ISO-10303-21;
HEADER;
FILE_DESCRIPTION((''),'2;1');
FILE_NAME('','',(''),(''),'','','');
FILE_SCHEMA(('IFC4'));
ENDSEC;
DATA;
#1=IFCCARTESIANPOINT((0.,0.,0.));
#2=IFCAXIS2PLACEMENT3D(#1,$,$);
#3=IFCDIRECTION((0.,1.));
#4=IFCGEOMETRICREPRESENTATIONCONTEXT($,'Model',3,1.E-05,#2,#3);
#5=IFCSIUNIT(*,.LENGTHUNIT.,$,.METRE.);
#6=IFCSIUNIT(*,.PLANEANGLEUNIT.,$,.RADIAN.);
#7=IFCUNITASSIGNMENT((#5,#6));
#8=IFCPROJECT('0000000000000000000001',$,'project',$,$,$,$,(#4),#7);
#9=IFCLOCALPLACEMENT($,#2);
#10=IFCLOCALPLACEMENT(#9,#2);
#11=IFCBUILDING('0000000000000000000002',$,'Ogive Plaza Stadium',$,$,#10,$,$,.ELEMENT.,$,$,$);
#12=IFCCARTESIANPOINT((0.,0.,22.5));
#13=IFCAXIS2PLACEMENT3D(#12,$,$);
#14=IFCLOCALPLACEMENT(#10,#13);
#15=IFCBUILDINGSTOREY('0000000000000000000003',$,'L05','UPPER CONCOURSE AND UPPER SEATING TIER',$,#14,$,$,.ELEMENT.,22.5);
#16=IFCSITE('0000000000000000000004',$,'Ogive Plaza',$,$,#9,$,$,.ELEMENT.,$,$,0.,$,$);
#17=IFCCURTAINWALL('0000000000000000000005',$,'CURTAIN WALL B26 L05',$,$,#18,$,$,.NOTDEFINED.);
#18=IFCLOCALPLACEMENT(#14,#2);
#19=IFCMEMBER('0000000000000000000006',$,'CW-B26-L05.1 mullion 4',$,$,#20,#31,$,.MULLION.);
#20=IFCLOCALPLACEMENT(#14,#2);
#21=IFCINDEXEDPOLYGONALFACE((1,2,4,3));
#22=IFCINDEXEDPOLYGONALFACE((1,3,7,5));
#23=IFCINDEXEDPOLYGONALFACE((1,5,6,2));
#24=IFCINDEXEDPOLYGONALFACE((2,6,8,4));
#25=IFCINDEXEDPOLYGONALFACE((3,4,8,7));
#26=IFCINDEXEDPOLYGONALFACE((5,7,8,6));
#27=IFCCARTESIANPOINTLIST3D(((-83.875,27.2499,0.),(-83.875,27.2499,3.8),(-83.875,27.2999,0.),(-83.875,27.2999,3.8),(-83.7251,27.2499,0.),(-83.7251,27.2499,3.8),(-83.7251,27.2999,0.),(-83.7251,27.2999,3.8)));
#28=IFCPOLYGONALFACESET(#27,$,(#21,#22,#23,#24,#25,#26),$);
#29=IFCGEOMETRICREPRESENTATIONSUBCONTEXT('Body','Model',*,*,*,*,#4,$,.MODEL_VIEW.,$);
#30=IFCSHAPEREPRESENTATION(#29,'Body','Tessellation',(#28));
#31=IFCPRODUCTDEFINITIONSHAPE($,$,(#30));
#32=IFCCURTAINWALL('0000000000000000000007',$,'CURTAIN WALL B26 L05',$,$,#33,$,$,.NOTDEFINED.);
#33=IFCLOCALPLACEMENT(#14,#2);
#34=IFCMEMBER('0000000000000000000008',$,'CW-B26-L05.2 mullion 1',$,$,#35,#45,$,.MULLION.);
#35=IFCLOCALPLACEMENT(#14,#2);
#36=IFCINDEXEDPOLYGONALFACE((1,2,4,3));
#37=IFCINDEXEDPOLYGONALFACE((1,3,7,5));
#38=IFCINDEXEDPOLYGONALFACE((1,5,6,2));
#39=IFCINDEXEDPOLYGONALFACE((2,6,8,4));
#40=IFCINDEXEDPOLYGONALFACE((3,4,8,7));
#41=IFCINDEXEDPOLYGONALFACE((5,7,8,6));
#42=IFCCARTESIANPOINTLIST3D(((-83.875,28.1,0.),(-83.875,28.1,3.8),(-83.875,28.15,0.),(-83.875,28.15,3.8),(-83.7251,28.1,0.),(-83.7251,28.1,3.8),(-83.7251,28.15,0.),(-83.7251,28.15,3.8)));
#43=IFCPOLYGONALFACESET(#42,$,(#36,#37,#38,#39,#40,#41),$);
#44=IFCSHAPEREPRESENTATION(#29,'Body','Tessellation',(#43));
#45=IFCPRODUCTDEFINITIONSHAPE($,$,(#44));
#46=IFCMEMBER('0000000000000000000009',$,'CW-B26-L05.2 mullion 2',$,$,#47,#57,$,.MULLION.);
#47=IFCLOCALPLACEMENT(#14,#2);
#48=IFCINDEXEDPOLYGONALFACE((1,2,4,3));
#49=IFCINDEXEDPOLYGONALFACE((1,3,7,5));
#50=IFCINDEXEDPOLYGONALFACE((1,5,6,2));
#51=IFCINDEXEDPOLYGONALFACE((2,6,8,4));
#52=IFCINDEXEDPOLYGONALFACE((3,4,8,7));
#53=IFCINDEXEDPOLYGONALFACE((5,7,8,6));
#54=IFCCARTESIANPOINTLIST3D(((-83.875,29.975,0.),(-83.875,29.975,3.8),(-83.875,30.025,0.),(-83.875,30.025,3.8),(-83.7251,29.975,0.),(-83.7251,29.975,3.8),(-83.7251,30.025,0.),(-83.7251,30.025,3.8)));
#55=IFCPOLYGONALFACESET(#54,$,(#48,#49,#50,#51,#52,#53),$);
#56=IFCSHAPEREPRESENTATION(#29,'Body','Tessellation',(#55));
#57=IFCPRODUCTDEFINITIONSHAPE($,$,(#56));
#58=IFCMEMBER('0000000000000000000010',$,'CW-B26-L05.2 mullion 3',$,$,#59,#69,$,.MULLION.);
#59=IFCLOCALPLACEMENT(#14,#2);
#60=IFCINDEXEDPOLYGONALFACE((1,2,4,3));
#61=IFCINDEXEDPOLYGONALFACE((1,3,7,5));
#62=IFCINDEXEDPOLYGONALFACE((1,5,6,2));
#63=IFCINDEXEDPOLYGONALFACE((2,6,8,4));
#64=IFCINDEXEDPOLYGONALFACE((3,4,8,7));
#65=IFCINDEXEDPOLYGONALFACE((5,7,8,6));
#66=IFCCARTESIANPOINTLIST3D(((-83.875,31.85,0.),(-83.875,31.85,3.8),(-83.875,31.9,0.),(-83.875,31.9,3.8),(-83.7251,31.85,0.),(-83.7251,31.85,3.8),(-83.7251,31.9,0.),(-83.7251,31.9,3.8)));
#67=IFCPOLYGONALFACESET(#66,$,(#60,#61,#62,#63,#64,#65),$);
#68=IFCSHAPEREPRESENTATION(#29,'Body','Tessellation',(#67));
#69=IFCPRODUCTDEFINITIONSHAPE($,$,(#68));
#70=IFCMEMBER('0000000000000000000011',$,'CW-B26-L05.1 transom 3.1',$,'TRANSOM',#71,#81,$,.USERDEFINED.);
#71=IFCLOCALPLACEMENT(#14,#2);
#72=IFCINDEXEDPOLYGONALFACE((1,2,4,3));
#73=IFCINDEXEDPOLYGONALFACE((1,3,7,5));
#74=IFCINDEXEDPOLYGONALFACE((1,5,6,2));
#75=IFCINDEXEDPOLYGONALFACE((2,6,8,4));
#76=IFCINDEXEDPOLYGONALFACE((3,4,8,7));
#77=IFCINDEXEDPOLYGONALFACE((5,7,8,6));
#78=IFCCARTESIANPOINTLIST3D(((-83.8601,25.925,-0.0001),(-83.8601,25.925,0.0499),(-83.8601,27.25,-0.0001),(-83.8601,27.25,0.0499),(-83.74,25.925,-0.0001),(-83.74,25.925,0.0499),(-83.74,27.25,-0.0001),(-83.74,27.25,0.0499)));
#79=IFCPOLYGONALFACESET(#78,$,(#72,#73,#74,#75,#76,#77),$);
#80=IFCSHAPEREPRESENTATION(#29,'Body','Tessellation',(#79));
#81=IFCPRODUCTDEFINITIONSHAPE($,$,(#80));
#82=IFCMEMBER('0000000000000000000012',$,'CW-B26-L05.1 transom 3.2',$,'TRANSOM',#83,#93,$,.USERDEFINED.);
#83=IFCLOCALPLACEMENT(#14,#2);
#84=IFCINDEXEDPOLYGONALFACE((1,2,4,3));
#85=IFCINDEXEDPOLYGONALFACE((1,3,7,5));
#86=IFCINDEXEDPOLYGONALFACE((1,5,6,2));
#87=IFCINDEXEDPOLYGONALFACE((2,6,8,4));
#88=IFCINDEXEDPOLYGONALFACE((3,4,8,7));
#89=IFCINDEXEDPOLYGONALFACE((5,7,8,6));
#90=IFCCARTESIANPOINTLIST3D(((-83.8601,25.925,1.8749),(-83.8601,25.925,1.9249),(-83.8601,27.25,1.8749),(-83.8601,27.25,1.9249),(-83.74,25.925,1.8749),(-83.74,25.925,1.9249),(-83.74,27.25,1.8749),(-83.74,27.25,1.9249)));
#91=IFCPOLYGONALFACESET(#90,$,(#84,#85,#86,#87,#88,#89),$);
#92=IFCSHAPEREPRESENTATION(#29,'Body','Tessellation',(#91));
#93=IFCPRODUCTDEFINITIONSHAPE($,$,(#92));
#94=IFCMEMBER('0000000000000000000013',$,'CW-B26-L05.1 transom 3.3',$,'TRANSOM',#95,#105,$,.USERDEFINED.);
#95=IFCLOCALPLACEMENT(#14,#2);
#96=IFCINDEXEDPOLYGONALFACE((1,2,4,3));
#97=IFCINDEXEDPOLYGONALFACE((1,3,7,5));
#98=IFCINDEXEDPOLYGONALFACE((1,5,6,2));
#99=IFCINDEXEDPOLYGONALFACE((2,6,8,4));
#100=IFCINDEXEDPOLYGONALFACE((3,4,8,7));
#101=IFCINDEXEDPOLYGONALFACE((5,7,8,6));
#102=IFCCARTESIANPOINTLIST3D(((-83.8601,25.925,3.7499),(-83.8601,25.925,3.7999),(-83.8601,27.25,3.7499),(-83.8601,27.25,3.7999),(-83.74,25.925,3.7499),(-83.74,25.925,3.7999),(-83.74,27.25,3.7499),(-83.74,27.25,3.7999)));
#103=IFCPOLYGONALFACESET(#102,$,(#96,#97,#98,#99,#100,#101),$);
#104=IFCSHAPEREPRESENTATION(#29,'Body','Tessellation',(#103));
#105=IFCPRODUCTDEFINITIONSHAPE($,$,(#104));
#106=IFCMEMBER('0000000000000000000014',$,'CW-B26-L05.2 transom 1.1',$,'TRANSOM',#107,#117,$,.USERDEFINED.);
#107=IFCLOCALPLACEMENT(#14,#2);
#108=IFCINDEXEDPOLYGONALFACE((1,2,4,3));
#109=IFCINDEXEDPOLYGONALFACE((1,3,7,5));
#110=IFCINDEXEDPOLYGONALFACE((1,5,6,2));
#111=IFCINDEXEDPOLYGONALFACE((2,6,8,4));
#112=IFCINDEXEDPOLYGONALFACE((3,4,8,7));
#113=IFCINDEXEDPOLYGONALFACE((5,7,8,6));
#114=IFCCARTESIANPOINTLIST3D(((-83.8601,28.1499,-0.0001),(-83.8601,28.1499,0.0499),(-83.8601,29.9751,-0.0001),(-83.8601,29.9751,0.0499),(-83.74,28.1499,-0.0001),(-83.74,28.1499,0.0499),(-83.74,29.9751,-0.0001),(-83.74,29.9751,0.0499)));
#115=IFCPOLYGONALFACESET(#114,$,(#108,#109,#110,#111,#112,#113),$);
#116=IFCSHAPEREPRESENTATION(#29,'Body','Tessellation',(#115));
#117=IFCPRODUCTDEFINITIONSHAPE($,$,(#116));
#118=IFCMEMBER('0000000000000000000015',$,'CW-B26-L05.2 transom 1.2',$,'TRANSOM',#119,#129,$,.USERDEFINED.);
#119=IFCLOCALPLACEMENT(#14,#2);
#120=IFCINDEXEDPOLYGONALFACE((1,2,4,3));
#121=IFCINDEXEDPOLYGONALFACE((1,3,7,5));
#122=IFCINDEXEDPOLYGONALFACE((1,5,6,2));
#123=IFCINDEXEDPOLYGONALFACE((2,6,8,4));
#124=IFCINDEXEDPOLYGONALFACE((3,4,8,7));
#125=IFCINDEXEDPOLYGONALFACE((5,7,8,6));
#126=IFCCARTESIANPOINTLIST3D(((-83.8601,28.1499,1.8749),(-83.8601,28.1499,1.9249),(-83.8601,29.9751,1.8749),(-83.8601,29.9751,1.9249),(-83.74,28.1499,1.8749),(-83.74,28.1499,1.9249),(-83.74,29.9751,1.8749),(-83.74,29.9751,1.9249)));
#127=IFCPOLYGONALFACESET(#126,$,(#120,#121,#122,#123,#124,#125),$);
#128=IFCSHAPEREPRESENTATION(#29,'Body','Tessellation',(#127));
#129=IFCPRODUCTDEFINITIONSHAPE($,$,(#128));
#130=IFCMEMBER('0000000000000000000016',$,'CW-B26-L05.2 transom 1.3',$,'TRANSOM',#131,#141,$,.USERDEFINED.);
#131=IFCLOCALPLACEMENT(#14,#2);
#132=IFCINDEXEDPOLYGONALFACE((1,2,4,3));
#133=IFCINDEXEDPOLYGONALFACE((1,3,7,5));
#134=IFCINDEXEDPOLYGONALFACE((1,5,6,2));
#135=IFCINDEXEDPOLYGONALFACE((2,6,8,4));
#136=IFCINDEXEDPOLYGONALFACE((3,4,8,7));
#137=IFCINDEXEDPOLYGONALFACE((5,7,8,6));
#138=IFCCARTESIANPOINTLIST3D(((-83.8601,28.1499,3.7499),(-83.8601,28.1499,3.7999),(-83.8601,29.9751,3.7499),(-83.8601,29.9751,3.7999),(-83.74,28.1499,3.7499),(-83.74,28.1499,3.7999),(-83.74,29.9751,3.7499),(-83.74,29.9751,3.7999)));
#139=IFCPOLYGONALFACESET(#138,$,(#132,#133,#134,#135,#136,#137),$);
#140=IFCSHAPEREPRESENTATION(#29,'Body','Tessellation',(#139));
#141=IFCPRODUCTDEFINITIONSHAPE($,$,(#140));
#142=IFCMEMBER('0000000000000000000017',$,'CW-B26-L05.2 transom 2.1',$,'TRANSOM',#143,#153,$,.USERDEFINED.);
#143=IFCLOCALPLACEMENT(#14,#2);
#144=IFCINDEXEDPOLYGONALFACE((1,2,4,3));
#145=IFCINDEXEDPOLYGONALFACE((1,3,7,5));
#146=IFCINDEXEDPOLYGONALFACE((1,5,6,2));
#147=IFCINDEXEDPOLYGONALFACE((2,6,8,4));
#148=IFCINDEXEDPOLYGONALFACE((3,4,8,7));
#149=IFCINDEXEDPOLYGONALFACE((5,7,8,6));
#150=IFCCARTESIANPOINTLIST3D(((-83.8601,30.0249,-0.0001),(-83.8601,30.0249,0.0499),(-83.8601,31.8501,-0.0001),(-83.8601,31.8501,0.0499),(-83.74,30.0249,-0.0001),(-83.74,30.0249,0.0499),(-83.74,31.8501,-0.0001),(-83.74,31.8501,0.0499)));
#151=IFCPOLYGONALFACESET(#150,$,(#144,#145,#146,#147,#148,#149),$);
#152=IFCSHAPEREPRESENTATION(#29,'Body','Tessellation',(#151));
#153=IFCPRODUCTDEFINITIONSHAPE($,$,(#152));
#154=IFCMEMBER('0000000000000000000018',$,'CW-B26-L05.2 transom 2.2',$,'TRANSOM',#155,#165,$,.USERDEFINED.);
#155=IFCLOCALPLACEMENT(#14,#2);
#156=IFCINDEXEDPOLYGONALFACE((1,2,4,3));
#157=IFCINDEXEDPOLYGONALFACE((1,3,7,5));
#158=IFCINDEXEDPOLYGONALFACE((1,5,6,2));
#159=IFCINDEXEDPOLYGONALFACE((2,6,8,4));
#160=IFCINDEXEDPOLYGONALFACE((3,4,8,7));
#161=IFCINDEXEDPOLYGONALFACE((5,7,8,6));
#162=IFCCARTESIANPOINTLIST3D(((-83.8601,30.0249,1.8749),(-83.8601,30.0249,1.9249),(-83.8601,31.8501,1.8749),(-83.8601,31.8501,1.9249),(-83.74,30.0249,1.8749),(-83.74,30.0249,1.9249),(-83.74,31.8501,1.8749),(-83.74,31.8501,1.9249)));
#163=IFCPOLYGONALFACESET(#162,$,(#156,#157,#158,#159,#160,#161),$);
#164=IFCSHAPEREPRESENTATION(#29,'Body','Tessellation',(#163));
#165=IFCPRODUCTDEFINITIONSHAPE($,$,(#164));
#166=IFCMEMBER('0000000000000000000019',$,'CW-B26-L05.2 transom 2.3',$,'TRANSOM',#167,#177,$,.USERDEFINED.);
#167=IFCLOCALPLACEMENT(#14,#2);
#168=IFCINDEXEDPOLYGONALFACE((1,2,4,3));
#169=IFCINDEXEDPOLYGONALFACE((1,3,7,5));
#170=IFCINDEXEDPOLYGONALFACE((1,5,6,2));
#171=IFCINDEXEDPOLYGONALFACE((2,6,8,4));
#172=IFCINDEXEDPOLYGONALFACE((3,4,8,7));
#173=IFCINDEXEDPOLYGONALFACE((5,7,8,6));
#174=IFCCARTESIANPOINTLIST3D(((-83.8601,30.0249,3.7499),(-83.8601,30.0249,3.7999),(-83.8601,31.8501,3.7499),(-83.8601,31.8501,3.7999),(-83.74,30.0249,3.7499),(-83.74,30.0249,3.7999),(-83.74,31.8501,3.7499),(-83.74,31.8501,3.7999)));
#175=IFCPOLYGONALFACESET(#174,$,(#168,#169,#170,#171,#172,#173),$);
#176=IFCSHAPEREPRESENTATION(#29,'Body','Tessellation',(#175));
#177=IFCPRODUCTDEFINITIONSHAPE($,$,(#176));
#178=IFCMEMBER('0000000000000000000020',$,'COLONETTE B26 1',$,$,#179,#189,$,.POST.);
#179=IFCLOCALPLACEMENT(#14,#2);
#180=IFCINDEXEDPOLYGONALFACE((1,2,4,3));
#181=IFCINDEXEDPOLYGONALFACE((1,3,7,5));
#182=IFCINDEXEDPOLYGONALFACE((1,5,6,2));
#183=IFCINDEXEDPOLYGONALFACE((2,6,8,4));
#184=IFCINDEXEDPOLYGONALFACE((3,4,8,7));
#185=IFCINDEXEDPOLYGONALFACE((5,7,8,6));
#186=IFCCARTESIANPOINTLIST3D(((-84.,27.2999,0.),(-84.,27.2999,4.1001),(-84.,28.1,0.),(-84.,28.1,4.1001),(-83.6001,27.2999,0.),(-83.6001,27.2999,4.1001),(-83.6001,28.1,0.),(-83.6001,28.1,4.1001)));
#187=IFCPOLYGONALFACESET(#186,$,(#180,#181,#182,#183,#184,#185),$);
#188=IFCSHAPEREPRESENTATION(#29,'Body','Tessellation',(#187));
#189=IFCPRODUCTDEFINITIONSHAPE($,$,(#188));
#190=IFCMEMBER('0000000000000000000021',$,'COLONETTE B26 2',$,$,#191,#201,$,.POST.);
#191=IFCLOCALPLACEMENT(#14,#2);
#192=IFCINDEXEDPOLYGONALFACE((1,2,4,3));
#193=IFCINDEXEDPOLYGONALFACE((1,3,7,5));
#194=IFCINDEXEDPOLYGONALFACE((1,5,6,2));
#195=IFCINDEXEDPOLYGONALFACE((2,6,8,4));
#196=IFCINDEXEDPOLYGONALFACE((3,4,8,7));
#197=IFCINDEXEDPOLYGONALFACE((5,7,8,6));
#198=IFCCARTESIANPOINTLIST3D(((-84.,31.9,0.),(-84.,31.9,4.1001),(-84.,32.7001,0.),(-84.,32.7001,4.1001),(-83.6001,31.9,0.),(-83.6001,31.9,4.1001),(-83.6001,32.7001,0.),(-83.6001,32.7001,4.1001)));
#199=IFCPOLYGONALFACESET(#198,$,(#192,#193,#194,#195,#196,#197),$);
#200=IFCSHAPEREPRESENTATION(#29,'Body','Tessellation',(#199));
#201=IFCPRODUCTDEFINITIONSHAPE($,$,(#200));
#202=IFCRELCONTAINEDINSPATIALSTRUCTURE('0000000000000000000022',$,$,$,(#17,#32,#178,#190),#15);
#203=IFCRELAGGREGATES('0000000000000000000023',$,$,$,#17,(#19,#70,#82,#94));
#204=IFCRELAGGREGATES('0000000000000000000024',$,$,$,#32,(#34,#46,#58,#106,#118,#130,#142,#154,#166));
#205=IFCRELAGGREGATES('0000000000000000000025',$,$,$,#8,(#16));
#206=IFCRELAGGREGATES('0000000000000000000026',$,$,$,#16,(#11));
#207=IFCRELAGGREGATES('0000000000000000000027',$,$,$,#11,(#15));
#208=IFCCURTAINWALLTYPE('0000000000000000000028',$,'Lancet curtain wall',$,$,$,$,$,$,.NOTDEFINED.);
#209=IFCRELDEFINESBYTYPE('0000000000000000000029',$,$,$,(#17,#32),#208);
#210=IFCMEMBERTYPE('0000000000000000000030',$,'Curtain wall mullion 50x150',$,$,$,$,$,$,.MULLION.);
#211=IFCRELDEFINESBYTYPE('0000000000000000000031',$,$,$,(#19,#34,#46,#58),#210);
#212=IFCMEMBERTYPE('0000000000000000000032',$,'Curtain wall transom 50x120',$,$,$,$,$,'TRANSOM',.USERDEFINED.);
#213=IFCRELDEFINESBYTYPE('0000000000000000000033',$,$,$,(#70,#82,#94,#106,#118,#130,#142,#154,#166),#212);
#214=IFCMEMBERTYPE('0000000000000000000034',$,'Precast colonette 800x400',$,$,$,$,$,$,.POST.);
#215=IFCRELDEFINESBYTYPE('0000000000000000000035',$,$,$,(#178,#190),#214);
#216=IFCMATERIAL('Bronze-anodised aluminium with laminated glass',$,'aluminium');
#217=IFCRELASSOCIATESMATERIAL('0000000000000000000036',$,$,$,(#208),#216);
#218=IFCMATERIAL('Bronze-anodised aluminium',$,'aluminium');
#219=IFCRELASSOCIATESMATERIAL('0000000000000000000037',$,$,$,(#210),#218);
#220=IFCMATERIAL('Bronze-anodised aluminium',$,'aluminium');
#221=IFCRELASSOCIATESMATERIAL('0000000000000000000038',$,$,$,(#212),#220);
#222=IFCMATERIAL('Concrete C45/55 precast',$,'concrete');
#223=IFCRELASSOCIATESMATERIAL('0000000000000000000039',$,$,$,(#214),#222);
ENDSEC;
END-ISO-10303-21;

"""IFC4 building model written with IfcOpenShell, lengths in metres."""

from ifc_helpers import new_model, si_unit, direction, frame, origin, origin_2d, place, context, subcontext, project, spatial, rectangle, extrude, material, material_profile, profile_set, type_object, element, aggregate, save


model = new_model("IFC4")

# Units and contexts
model_context = context("Model", 3, precision=1e-05, world=origin(), true_north=direction((0.0, 1.0)))
body_context = subcontext(model_context, "Body", "Model", "MODEL_VIEW")
ifc_project = project(units=[si_unit("LENGTHUNIT", "METRE"), si_unit("PLANEANGLEUNIT", "RADIAN")], contexts=[model_context])

# Site, building, storey
site_placement = place(None, origin())
site = spatial("IfcSite", under=ifc_project, at=site_placement, Name="Ogive Plaza", CompositionType="ELEMENT", RefElevation=0.0)
building_placement = place(site_placement, origin())
building = spatial("IfcBuilding", under=site, at=building_placement, Name="Ogive Plaza Stadium", CompositionType="ELEMENT")
storey_placement = place(building_placement, frame((0.0, 0.0, 22.5)))
storey = spatial("IfcBuildingStorey", under=building, at=storey_placement, Name="L05", Description="UPPER CONCOURSE AND UPPER SEATING TIER", CompositionType="ELEMENT", Elevation=22.5)

# Curtain wall, member
ifc_material_1 = material(Name="Bronze-anodised aluminium with laminated glass", Category="aluminium")
curtain_wall_type = type_object("IfcCurtainWallType", Name="Lancet curtain wall", PredefinedType="NOTDEFINED", material=ifc_material_1)
curtain_wall_1_placement = place(storey_placement, origin())
curtain_wall_1 = element("IfcCurtainWall", 1, at=curtain_wall_1_placement, inside=storey, type_object=curtain_wall_type, Name="CURTAIN WALL B26 L05", PredefinedType="NOTDEFINED")
ifc_material_2 = material(Name="Bronze-anodised aluminium", Category="aluminium")
ifc_material_profile_1 = material_profile(ifc_material_2, rectangle(XDim=0.1499, YDim=0.05, at=origin_2d()), Name="AL 150x50")
ifc_profile_set_1 = profile_set([ifc_material_profile_1], Name="Bronze-anodised aluminium")
member_type_1 = type_object("IfcMemberType", Name="Curtain wall mullion 50x150", PredefinedType="MULLION", material=ifc_profile_set_1)
member_1_placement = place(storey_placement, frame((-83.8, 27.2749, 0.0), z_axis=(0.0, 0.0, 1.0), x_axis=(-1.0, 0.0, 0.0)))
member_1 = element("IfcMember", 2, at=member_1_placement, type_object=member_type_1, Name="CW-B26-L05.1 mullion 4", PredefinedType="MULLION", context=body_context, shape_type="SweptSolid", body=[
    extrude(rectangle(XDim=0.1499, YDim=0.05, at=origin_2d()), origin(), (0.0, 0.0, 1.0), 3.8),
])

# Curtain wall, members
curtain_wall_2_placement = place(storey_placement, origin())
curtain_wall_2 = element("IfcCurtainWall", 3, at=curtain_wall_2_placement, inside=storey, type_object=curtain_wall_type, Name="CURTAIN WALL B26 L05", PredefinedType="NOTDEFINED")
member_2_placement = place(storey_placement, frame((-83.8, 28.125, 0.0), z_axis=(0.0, 0.0, 1.0), x_axis=(-1.0, 0.0, 0.0)))
member_2 = element("IfcMember", 4, at=member_2_placement, type_object=member_type_1, Name="CW-B26-L05.2 mullion 1", PredefinedType="MULLION", context=body_context, shape_type="SweptSolid", body=[
    extrude(rectangle(XDim=0.1499, YDim=0.05, at=origin_2d()), origin(), (0.0, 0.0, 1.0), 3.8),
])
member_3_placement = place(storey_placement, frame((-83.8, 30.0, 0.0), z_axis=(0.0, 0.0, 1.0), x_axis=(-1.0, 0.0, 0.0)))
member_3 = element("IfcMember", 5, at=member_3_placement, type_object=member_type_1, Name="CW-B26-L05.2 mullion 2", PredefinedType="MULLION", context=body_context, shape_type="SweptSolid", body=[
    extrude(rectangle(XDim=0.1499, YDim=0.05, at=origin_2d()), origin(), (0.0, 0.0, 1.0), 3.8),
])
member_4_placement = place(storey_placement, frame((-83.8, 31.875, 0.0), z_axis=(0.0, 0.0, 1.0), x_axis=(-1.0, 0.0, 0.0)))
member_4 = element("IfcMember", 6, at=member_4_placement, type_object=member_type_1, Name="CW-B26-L05.2 mullion 3", PredefinedType="MULLION", context=body_context, shape_type="SweptSolid", body=[
    extrude(rectangle(XDim=0.1499, YDim=0.05, at=origin_2d()), origin(), (0.0, 0.0, 1.0), 3.8),
])

# Members
ifc_material_3 = material(Name="Bronze-anodised aluminium", Category="aluminium")
ifc_material_profile_2 = material_profile(ifc_material_3, rectangle(XDim=0.1201, YDim=0.05, at=origin_2d()), Name="AL 120x50")
ifc_profile_set_2 = profile_set([ifc_material_profile_2], Name="Bronze-anodised aluminium")
member_type_2 = type_object("IfcMemberType", Name="Curtain wall transom 50x120", ElementType="TRANSOM", PredefinedType="USERDEFINED", material=ifc_profile_set_2)
member_5_placement = place(storey_placement, frame((-83.8, 25.925, 0.0249), z_axis=(0.0, 1.0, 0.0), x_axis=(-1.0, 0.0, 0.0)))
member_5 = element("IfcMember", 7, at=member_5_placement, type_object=member_type_2, Name="CW-B26-L05.1 transom 3.1", ObjectType="TRANSOM", PredefinedType="USERDEFINED", context=body_context, shape_type="SweptSolid", body=[
    extrude(rectangle(XDim=0.1201, YDim=0.05, at=origin_2d()), origin(), (0.0, 0.0, 1.0), 1.325),
])
member_6_placement = place(storey_placement, frame((-83.8, 25.925, 1.8999), z_axis=(0.0, 1.0, 0.0), x_axis=(-1.0, 0.0, 0.0)))
member_6 = element("IfcMember", 8, at=member_6_placement, type_object=member_type_2, Name="CW-B26-L05.1 transom 3.2", ObjectType="TRANSOM", PredefinedType="USERDEFINED", context=body_context, shape_type="SweptSolid", body=[
    extrude(rectangle(XDim=0.1201, YDim=0.05, at=origin_2d()), origin(), (0.0, 0.0, 1.0), 1.325),
])
member_7_placement = place(storey_placement, frame((-83.8, 25.925, 3.7749), z_axis=(0.0, 1.0, 0.0), x_axis=(-1.0, 0.0, 0.0)))
member_7 = element("IfcMember", 9, at=member_7_placement, type_object=member_type_2, Name="CW-B26-L05.1 transom 3.3", ObjectType="TRANSOM", PredefinedType="USERDEFINED", context=body_context, shape_type="SweptSolid", body=[
    extrude(rectangle(XDim=0.1201, YDim=0.05, at=origin_2d()), origin(), (0.0, 0.0, 1.0), 1.325),
])
member_8_placement = place(storey_placement, frame((-83.8, 28.1499, 0.0249), z_axis=(0.0, 1.0, 0.0), x_axis=(-1.0, 0.0, 0.0)))
member_8 = element("IfcMember", 10, at=member_8_placement, type_object=member_type_2, Name="CW-B26-L05.2 transom 1.1", ObjectType="TRANSOM", PredefinedType="USERDEFINED", context=body_context, shape_type="SweptSolid", body=[
    extrude(rectangle(XDim=0.1201, YDim=0.05, at=origin_2d()), origin(), (0.0, 0.0, 1.0), 1.8252),
])
member_9_placement = place(storey_placement, frame((-83.8, 28.1499, 1.8999), z_axis=(0.0, 1.0, 0.0), x_axis=(-1.0, 0.0, 0.0)))
member_9 = element("IfcMember", 11, at=member_9_placement, type_object=member_type_2, Name="CW-B26-L05.2 transom 1.2", ObjectType="TRANSOM", PredefinedType="USERDEFINED", context=body_context, shape_type="SweptSolid", body=[
    extrude(rectangle(XDim=0.1201, YDim=0.05, at=origin_2d()), origin(), (0.0, 0.0, 1.0), 1.8252),
])
member_10_placement = place(storey_placement, frame((-83.8, 28.1499, 3.7749), z_axis=(0.0, 1.0, 0.0), x_axis=(-1.0, 0.0, 0.0)))
member_10 = element("IfcMember", 12, at=member_10_placement, type_object=member_type_2, Name="CW-B26-L05.2 transom 1.3", ObjectType="TRANSOM", PredefinedType="USERDEFINED", context=body_context, shape_type="SweptSolid", body=[
    extrude(rectangle(XDim=0.1201, YDim=0.05, at=origin_2d()), origin(), (0.0, 0.0, 1.0), 1.8252),
])
member_11_placement = place(storey_placement, frame((-83.8, 30.0249, 0.0249), z_axis=(0.0, 1.0, 0.0), x_axis=(-1.0, 0.0, 0.0)))
member_11 = element("IfcMember", 13, at=member_11_placement, type_object=member_type_2, Name="CW-B26-L05.2 transom 2.1", ObjectType="TRANSOM", PredefinedType="USERDEFINED", context=body_context, shape_type="SweptSolid", body=[
    extrude(rectangle(XDim=0.1201, YDim=0.05, at=origin_2d()), origin(), (0.0, 0.0, 1.0), 1.8252),
])
member_12_placement = place(storey_placement, frame((-83.8, 30.0249, 1.8999), z_axis=(0.0, 1.0, 0.0), x_axis=(-1.0, 0.0, 0.0)))
member_12 = element("IfcMember", 14, at=member_12_placement, type_object=member_type_2, Name="CW-B26-L05.2 transom 2.2", ObjectType="TRANSOM", PredefinedType="USERDEFINED", context=body_context, shape_type="SweptSolid", body=[
    extrude(rectangle(XDim=0.1201, YDim=0.05, at=origin_2d()), origin(), (0.0, 0.0, 1.0), 1.8252),
])
member_13_placement = place(storey_placement, frame((-83.8, 30.0249, 3.7749), z_axis=(0.0, 1.0, 0.0), x_axis=(-1.0, 0.0, 0.0)))
member_13 = element("IfcMember", 15, at=member_13_placement, type_object=member_type_2, Name="CW-B26-L05.2 transom 2.3", ObjectType="TRANSOM", PredefinedType="USERDEFINED", context=body_context, shape_type="SweptSolid", body=[
    extrude(rectangle(XDim=0.1201, YDim=0.05, at=origin_2d()), origin(), (0.0, 0.0, 1.0), 1.8252),
])

# Members
ifc_material_4 = material(Name="Concrete C45/55 precast", Category="concrete")
ifc_material_profile_3 = material_profile(ifc_material_4, rectangle(XDim=0.3999, YDim=0.8, at=origin_2d()), Name="RC 400x800")
ifc_profile_set_3 = profile_set([ifc_material_profile_3], Name="Concrete C45/55 precast")
member_type_3 = type_object("IfcMemberType", Name="Precast colonette 800x400", PredefinedType="POST", material=ifc_profile_set_3)
for number, where, z_axis, x_axis, name in (
    (16, (-83.8, 27.7, 0.0), (0.0, 0.0, 1.0), (-1.0, 0.0, 0.0), "COLONETTE B26 1"),
    (17, (-83.8, 32.3, 0.0), (0.0, 0.0, 1.0), (-1.0, 0.0, 0.0), "COLONETTE B26 2"),
):
    element("IfcMember", number, at=place(storey_placement, frame(where, z_axis=z_axis, x_axis=x_axis)), inside=storey, type_object=member_type_3, Name=name, PredefinedType="POST", context=body_context, shape_type="SweptSolid", body=[
        extrude(rectangle(XDim=0.3999, YDim=0.8, at=origin_2d()), origin(), (0.0, 0.0, 1.0), 4.1001),
    ])

aggregate(curtain_wall_1, [member_1, member_5, member_6, member_7])
aggregate(curtain_wall_2, [member_2, member_3, member_4, member_8, member_9, member_10, member_11, member_12, member_13])

save(model, "model.ifc")
